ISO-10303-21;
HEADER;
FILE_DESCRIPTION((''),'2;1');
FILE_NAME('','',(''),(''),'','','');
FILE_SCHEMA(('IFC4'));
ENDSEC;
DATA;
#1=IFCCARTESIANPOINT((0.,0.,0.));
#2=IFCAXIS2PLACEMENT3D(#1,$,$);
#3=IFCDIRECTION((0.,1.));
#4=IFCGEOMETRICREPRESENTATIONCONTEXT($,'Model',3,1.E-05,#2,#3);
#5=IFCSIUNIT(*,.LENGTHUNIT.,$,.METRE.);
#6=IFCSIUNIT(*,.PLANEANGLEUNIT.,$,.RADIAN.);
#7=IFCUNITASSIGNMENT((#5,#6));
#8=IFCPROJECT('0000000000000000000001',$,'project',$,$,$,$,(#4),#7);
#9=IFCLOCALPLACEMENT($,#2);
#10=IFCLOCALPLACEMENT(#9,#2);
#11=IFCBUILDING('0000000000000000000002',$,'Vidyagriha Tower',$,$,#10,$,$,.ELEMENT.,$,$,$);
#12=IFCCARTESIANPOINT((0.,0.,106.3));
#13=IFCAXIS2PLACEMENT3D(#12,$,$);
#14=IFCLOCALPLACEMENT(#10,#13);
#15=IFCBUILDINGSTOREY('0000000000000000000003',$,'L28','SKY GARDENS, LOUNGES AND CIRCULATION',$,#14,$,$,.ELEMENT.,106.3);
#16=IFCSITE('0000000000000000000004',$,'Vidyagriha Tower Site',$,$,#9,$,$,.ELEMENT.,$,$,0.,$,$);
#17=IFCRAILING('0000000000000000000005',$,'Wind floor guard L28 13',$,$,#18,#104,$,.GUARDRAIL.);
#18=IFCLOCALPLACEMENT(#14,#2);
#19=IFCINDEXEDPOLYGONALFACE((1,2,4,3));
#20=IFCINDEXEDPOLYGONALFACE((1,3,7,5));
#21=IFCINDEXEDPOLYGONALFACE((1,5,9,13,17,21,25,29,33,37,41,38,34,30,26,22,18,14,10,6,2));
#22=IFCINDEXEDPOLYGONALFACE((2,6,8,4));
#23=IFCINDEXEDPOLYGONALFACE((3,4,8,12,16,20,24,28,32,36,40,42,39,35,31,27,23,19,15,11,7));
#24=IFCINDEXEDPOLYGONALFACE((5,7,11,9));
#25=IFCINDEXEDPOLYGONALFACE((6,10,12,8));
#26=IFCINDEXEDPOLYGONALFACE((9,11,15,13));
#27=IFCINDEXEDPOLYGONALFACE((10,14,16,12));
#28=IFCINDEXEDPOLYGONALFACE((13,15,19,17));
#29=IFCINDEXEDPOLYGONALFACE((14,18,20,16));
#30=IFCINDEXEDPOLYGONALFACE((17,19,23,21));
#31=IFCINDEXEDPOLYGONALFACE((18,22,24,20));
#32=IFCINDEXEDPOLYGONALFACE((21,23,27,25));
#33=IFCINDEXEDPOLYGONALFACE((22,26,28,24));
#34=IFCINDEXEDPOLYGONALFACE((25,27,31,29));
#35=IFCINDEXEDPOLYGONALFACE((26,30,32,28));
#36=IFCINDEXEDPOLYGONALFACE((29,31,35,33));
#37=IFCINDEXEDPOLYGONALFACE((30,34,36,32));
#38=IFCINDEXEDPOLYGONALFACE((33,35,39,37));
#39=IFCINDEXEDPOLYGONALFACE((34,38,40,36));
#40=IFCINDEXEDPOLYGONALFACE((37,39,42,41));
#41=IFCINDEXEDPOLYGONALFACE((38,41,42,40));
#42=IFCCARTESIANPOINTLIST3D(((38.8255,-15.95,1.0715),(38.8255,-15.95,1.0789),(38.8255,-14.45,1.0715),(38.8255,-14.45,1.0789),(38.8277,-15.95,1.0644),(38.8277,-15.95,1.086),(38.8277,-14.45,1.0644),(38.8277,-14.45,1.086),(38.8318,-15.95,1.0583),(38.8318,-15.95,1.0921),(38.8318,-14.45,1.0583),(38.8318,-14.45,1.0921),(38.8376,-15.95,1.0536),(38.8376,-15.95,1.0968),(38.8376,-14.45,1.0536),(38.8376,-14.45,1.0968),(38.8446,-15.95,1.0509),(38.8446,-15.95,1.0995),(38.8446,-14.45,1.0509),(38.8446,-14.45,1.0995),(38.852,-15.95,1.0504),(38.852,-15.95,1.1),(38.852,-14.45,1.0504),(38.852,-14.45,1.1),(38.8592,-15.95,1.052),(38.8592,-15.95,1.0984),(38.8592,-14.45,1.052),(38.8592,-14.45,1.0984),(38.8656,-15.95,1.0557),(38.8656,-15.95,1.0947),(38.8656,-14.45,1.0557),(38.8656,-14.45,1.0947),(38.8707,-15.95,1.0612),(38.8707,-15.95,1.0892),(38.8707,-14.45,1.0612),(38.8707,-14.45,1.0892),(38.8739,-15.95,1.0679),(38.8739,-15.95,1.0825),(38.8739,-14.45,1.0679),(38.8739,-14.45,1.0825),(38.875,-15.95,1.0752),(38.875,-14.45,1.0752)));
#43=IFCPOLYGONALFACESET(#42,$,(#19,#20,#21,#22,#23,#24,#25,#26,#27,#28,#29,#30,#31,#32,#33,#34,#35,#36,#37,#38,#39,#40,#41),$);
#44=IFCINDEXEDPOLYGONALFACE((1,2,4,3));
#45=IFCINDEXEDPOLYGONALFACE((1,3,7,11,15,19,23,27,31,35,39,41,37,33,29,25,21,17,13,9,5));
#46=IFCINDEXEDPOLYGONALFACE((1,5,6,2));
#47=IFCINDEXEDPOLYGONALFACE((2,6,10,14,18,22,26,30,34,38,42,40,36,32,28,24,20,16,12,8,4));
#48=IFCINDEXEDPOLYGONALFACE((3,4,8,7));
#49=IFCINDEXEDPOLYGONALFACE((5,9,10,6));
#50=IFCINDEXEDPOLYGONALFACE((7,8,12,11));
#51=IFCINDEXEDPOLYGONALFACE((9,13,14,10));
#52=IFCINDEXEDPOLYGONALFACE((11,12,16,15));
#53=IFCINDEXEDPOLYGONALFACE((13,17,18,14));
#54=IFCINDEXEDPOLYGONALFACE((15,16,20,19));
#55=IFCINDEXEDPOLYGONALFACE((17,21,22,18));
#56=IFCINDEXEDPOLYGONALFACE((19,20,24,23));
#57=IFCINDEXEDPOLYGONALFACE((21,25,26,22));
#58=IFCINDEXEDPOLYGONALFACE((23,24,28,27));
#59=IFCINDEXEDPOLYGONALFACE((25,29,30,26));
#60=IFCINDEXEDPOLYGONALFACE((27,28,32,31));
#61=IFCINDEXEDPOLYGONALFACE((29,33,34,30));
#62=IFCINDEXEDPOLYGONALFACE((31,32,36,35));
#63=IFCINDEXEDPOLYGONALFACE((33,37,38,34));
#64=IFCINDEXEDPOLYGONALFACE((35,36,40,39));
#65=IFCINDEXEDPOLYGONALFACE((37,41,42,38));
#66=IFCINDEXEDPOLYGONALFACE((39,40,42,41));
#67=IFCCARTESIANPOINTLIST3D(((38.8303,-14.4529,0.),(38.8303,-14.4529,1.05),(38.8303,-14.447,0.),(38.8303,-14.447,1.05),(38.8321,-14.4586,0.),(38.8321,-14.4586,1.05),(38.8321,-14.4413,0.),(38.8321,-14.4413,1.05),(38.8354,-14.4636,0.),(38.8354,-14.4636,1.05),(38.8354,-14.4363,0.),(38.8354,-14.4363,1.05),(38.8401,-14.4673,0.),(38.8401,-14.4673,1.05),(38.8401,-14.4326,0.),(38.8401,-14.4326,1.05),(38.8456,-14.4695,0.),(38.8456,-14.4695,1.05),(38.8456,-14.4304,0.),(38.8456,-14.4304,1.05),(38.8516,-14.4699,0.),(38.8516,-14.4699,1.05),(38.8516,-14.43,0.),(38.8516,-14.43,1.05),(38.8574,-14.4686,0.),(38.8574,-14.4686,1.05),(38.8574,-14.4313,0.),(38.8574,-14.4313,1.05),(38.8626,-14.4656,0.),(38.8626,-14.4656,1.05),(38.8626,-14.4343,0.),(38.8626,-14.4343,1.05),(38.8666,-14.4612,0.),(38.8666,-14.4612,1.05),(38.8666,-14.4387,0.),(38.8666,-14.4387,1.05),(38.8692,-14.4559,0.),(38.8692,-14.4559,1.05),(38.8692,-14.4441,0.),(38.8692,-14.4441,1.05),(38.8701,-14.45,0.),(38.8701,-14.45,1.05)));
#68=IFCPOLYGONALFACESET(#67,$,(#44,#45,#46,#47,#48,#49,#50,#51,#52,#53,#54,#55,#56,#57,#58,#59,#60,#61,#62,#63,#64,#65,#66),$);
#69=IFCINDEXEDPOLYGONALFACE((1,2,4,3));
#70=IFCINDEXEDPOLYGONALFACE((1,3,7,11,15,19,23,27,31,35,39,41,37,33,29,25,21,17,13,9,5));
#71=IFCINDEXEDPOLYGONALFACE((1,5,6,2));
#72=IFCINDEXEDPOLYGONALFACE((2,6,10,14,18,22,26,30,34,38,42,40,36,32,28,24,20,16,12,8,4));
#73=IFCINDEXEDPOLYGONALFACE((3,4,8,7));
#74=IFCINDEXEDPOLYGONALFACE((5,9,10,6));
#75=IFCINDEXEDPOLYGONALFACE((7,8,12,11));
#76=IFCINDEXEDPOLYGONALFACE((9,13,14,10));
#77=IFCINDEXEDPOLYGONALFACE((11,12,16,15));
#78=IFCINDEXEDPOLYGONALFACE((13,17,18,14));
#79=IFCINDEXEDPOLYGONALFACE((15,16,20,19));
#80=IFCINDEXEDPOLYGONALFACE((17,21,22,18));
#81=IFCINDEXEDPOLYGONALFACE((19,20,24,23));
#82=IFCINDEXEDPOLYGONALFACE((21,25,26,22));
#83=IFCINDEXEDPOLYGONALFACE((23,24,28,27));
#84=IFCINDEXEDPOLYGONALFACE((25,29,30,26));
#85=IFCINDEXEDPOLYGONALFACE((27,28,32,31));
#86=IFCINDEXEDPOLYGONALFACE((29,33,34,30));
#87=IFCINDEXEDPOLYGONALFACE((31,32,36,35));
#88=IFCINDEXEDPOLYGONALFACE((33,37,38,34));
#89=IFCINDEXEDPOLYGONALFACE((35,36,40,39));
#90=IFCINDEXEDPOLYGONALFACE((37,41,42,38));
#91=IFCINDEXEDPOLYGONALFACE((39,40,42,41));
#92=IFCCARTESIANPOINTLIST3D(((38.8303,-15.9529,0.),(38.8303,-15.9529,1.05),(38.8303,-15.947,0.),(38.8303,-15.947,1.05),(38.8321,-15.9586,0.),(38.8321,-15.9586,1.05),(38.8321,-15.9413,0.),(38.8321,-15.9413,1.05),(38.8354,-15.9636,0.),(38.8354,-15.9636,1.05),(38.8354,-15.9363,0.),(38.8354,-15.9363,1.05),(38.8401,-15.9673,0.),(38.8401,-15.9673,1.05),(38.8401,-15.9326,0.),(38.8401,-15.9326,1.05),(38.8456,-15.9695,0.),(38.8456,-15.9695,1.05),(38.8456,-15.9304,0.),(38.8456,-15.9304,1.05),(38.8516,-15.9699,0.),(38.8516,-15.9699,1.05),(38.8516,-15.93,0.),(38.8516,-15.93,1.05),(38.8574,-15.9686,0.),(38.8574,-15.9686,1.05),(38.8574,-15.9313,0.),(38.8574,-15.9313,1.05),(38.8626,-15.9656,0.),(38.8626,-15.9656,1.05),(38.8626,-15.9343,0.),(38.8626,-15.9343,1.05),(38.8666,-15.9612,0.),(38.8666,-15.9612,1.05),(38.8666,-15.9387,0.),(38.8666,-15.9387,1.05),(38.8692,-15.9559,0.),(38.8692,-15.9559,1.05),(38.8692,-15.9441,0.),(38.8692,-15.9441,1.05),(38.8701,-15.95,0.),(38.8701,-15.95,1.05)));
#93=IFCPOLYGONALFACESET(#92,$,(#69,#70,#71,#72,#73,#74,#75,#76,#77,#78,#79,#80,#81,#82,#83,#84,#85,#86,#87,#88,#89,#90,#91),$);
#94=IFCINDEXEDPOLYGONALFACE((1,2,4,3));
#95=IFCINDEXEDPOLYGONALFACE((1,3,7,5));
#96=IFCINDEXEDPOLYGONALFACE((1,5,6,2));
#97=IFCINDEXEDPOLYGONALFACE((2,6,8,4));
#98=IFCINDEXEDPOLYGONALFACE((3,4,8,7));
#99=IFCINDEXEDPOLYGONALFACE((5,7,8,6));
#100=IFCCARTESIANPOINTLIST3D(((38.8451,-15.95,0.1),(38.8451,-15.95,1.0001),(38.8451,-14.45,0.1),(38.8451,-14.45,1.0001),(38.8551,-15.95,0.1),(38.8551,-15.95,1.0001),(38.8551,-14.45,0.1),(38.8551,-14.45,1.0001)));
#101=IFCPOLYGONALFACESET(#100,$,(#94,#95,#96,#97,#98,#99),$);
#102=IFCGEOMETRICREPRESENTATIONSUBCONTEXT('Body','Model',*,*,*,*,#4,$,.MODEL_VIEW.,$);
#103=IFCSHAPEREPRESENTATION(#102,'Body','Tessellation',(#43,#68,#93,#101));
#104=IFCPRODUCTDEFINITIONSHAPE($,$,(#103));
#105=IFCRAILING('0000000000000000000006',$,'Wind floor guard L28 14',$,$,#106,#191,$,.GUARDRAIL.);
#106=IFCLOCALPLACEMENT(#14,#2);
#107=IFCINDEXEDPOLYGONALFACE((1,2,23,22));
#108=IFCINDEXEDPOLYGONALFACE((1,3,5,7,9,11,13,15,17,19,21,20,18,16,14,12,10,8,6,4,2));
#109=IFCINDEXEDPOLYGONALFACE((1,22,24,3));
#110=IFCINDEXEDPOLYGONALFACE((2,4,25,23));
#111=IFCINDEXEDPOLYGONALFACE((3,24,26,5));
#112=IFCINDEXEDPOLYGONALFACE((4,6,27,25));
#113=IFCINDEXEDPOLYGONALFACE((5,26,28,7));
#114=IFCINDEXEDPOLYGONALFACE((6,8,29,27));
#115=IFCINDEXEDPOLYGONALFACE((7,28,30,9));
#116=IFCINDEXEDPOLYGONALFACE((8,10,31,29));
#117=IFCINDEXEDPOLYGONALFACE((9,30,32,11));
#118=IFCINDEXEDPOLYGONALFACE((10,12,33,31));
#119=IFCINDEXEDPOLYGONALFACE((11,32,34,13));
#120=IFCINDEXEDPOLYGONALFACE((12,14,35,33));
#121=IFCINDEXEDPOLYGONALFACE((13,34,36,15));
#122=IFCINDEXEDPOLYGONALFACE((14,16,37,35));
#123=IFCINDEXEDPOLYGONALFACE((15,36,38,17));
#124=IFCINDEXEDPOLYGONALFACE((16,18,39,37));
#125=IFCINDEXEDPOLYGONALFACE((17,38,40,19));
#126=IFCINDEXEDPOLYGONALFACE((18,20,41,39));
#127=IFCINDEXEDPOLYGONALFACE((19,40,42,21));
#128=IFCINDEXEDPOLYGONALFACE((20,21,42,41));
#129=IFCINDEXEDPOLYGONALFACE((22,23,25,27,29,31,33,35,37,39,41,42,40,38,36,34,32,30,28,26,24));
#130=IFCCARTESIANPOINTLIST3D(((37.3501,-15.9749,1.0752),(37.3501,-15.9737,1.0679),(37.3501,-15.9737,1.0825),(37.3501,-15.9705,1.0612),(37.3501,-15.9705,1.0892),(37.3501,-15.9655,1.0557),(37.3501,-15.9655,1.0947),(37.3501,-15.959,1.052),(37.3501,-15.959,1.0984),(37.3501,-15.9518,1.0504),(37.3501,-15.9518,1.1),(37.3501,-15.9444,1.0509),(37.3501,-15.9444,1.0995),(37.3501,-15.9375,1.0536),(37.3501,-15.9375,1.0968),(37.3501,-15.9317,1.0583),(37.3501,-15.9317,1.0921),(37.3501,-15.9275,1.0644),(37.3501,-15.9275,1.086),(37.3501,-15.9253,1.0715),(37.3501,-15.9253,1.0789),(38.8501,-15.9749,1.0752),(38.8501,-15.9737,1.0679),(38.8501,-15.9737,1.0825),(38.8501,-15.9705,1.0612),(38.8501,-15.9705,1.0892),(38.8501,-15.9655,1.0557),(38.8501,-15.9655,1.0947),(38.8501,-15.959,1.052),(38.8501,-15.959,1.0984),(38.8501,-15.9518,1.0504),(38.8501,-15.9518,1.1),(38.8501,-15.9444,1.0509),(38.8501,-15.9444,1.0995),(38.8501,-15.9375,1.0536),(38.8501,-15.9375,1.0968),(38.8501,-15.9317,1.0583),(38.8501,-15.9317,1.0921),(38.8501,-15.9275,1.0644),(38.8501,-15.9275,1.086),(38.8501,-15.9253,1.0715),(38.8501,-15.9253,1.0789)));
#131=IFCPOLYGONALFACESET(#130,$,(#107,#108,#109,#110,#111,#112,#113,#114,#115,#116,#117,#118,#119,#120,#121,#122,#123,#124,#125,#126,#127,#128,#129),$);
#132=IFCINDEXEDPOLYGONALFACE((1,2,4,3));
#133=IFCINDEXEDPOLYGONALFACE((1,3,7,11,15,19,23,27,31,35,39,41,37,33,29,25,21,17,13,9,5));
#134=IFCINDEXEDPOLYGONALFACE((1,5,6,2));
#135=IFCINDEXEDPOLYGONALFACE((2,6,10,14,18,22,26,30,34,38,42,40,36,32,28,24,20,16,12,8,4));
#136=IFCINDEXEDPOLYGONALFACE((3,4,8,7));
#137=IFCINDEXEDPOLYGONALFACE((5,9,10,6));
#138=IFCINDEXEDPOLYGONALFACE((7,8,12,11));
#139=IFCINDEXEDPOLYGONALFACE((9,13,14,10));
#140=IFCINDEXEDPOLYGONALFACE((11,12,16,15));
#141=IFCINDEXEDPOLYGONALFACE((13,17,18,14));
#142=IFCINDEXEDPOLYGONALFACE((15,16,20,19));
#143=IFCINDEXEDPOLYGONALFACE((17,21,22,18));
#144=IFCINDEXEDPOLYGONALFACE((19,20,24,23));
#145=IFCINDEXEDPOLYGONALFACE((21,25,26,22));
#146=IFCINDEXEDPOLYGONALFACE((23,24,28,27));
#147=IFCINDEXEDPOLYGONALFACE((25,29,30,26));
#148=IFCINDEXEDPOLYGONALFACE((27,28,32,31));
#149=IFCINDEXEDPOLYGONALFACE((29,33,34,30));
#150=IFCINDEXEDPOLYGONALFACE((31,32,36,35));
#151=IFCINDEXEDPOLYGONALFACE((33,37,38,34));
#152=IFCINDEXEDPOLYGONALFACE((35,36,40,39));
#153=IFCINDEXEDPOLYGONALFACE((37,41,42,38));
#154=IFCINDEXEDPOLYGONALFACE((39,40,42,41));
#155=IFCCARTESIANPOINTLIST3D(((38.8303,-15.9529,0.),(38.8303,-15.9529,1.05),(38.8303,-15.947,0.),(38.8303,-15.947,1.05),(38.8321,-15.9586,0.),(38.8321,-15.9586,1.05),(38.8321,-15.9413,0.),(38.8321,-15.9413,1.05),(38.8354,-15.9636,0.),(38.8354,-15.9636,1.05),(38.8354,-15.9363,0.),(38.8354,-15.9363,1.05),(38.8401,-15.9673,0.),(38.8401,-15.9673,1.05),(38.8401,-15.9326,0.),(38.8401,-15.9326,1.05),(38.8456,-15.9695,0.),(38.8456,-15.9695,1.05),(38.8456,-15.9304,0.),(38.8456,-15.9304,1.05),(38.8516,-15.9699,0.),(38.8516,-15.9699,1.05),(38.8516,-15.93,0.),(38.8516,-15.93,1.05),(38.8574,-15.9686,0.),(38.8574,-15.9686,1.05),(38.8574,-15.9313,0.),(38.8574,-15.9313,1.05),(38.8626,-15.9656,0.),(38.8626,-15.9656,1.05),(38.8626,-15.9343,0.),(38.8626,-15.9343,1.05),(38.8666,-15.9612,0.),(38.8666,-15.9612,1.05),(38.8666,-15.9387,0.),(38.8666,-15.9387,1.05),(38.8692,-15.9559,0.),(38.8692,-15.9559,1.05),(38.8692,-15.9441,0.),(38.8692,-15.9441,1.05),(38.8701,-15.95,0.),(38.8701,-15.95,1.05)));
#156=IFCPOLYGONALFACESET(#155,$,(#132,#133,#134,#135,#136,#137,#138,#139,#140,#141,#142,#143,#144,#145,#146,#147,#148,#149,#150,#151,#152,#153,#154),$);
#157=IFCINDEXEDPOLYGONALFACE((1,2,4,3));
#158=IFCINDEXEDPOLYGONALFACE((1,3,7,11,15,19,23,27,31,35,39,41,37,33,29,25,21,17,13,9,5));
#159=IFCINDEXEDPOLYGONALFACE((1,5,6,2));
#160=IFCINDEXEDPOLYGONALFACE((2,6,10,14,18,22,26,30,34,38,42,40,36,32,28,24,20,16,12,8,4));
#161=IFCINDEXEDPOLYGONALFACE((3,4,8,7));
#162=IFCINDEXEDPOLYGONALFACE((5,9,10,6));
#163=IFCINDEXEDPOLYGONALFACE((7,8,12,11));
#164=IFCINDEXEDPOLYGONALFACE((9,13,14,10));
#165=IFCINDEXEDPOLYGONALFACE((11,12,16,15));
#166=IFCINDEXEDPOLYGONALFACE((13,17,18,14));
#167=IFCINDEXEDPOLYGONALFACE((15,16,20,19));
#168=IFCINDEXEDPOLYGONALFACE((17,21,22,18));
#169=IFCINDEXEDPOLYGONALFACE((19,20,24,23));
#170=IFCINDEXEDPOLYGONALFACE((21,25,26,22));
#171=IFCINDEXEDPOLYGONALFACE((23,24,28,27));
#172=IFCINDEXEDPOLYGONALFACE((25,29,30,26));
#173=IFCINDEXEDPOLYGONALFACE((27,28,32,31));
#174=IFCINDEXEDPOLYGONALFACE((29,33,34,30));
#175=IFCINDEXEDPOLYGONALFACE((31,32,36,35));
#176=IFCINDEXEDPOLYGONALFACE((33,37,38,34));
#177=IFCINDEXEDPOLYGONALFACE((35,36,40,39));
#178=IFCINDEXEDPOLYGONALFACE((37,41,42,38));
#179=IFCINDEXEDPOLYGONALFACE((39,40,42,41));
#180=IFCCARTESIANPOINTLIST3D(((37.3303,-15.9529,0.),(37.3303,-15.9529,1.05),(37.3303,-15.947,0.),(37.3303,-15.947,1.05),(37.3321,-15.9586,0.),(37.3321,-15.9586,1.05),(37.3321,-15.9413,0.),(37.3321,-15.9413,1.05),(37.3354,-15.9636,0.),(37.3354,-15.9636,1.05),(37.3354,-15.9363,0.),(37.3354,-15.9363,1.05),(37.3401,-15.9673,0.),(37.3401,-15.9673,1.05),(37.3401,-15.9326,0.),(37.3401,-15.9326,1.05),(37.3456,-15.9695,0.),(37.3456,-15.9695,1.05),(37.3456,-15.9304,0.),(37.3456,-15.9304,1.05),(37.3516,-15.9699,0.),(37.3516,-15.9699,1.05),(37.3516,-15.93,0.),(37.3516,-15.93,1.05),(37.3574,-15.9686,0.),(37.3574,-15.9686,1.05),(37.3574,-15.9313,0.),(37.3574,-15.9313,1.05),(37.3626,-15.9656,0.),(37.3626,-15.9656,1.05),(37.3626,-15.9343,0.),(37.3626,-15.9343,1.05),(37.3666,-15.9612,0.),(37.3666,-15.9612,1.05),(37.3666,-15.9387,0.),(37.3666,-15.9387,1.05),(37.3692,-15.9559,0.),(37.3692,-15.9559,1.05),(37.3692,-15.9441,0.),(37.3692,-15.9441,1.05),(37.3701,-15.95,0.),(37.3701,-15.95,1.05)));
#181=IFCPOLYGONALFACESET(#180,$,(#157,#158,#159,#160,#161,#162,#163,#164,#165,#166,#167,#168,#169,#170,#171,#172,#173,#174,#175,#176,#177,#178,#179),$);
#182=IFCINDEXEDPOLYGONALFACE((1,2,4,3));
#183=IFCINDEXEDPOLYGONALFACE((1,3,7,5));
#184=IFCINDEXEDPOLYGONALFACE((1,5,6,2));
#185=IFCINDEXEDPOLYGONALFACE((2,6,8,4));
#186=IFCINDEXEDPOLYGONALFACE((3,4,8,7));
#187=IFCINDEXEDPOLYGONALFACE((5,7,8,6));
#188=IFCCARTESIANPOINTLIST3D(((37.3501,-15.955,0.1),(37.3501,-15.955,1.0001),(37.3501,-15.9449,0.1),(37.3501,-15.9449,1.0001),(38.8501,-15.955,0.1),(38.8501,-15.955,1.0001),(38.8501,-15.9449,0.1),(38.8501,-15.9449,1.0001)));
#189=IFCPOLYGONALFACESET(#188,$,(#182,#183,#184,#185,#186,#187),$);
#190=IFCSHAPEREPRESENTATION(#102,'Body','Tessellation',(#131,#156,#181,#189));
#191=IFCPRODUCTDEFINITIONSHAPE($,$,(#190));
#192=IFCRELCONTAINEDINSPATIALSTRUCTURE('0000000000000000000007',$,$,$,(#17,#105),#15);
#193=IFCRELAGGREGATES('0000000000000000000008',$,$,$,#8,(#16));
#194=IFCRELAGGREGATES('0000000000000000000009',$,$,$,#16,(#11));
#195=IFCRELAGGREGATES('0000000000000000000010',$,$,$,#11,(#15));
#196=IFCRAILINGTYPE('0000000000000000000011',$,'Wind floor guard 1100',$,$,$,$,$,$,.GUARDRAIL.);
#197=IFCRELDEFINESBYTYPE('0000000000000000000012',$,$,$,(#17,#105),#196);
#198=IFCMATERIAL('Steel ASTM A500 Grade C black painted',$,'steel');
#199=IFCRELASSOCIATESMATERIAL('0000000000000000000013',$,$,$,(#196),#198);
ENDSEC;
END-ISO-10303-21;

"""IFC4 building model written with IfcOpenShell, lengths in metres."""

from ifc_helpers import new_model, si_unit, direction, frame, origin, origin_2d, place, context, subcontext, project, spatial, rectangle, circle, extrude, material, type_object, element, save


model = new_model("IFC4")

# Units and contexts
model_context = context("Model", 3, precision=1e-05, world=origin(), true_north=direction((0.0, 1.0)))
body_context = subcontext(model_context, "Body", "Model", "MODEL_VIEW")
ifc_project = project(units=[si_unit("LENGTHUNIT", "METRE"), si_unit("PLANEANGLEUNIT", "RADIAN")], contexts=[model_context])

# Site, building, storey
site_placement = place(None, origin())
site = spatial("IfcSite", under=ifc_project, at=site_placement, Name="Vidyagriha Tower Site", CompositionType="ELEMENT", RefElevation=0.0)
building_placement = place(site_placement, origin())
building = spatial("IfcBuilding", under=site, at=building_placement, Name="Vidyagriha Tower", CompositionType="ELEMENT")
storey_placement = place(building_placement, frame((0.0, 0.0, 106.3)))
storey = spatial("IfcBuildingStorey", under=building, at=storey_placement, Name="L28", Description="SKY GARDENS, LOUNGES AND CIRCULATION", CompositionType="ELEMENT", Elevation=106.3)

# Railings
ifc_material_1 = material(Name="Steel ASTM A500 Grade C black painted", Category="steel")
railing_type = type_object("IfcRailingType", Name="Wind floor guard 1100", PredefinedType="GUARDRAIL", material=ifc_material_1)
railing_1_placement = place(storey_placement, frame((38.8501, -14.45, 0.0)))
element("IfcRailing", 1, at=railing_1_placement, inside=storey, type_object=railing_type, Name="Wind floor guard L28 13", PredefinedType="GUARDRAIL", context=body_context, shape_type="SweptSolid", body=[
    extrude(circle(Radius=0.0249, at=origin_2d()), frame((0.0, 0.0, 1.0752), z_axis=(0.0, -1.0, 0.0), x_axis=(1.0, 0.0, 0.0)), (0.0, 0.0, 1.0), 1.5),
    extrude(circle(Radius=0.02, at=origin_2d()), origin(), (0.0, 0.0, 1.0), 1.05),
    extrude(circle(Radius=0.02, at=origin_2d()), frame((0.0, -1.5, 0.0)), (0.0, 0.0, 1.0), 1.05),
    extrude(rectangle(XDim=0.01, YDim=0.9001, at=origin_2d()), frame((0.0, 0.0, 0.55), z_axis=(0.0, -1.0, 0.0), x_axis=(1.0, 0.0, 0.0)), (0.0, 0.0, 1.0), 1.5),
])
railing_2_placement = place(storey_placement, frame((38.8501, -15.95, 0.0)))
element("IfcRailing", 2, at=railing_2_placement, inside=storey, type_object=railing_type, Name="Wind floor guard L28 14", PredefinedType="GUARDRAIL", context=body_context, shape_type="SweptSolid", body=[
    extrude(circle(Radius=0.0249, at=origin_2d()), frame((0.0, 0.0, 1.0752), z_axis=(-1.0, 0.0, 0.0), x_axis=(0.0, -1.0, 0.0)), (0.0, 0.0, 1.0), 1.5),
    extrude(circle(Radius=0.02, at=origin_2d()), origin(), (0.0, 0.0, 1.0), 1.05),
    extrude(circle(Radius=0.02, at=origin_2d()), frame((-1.5, 0.0, 0.0)), (0.0, 0.0, 1.0), 1.05),
    extrude(rectangle(XDim=0.01, YDim=0.9001, at=origin_2d()), frame((0.0, 0.0, 0.55), z_axis=(-1.0, 0.0, 0.0), x_axis=(0.0, -1.0, 0.0)), (0.0, 0.0, 1.0), 1.5),
])

save(model, "model.ifc")
